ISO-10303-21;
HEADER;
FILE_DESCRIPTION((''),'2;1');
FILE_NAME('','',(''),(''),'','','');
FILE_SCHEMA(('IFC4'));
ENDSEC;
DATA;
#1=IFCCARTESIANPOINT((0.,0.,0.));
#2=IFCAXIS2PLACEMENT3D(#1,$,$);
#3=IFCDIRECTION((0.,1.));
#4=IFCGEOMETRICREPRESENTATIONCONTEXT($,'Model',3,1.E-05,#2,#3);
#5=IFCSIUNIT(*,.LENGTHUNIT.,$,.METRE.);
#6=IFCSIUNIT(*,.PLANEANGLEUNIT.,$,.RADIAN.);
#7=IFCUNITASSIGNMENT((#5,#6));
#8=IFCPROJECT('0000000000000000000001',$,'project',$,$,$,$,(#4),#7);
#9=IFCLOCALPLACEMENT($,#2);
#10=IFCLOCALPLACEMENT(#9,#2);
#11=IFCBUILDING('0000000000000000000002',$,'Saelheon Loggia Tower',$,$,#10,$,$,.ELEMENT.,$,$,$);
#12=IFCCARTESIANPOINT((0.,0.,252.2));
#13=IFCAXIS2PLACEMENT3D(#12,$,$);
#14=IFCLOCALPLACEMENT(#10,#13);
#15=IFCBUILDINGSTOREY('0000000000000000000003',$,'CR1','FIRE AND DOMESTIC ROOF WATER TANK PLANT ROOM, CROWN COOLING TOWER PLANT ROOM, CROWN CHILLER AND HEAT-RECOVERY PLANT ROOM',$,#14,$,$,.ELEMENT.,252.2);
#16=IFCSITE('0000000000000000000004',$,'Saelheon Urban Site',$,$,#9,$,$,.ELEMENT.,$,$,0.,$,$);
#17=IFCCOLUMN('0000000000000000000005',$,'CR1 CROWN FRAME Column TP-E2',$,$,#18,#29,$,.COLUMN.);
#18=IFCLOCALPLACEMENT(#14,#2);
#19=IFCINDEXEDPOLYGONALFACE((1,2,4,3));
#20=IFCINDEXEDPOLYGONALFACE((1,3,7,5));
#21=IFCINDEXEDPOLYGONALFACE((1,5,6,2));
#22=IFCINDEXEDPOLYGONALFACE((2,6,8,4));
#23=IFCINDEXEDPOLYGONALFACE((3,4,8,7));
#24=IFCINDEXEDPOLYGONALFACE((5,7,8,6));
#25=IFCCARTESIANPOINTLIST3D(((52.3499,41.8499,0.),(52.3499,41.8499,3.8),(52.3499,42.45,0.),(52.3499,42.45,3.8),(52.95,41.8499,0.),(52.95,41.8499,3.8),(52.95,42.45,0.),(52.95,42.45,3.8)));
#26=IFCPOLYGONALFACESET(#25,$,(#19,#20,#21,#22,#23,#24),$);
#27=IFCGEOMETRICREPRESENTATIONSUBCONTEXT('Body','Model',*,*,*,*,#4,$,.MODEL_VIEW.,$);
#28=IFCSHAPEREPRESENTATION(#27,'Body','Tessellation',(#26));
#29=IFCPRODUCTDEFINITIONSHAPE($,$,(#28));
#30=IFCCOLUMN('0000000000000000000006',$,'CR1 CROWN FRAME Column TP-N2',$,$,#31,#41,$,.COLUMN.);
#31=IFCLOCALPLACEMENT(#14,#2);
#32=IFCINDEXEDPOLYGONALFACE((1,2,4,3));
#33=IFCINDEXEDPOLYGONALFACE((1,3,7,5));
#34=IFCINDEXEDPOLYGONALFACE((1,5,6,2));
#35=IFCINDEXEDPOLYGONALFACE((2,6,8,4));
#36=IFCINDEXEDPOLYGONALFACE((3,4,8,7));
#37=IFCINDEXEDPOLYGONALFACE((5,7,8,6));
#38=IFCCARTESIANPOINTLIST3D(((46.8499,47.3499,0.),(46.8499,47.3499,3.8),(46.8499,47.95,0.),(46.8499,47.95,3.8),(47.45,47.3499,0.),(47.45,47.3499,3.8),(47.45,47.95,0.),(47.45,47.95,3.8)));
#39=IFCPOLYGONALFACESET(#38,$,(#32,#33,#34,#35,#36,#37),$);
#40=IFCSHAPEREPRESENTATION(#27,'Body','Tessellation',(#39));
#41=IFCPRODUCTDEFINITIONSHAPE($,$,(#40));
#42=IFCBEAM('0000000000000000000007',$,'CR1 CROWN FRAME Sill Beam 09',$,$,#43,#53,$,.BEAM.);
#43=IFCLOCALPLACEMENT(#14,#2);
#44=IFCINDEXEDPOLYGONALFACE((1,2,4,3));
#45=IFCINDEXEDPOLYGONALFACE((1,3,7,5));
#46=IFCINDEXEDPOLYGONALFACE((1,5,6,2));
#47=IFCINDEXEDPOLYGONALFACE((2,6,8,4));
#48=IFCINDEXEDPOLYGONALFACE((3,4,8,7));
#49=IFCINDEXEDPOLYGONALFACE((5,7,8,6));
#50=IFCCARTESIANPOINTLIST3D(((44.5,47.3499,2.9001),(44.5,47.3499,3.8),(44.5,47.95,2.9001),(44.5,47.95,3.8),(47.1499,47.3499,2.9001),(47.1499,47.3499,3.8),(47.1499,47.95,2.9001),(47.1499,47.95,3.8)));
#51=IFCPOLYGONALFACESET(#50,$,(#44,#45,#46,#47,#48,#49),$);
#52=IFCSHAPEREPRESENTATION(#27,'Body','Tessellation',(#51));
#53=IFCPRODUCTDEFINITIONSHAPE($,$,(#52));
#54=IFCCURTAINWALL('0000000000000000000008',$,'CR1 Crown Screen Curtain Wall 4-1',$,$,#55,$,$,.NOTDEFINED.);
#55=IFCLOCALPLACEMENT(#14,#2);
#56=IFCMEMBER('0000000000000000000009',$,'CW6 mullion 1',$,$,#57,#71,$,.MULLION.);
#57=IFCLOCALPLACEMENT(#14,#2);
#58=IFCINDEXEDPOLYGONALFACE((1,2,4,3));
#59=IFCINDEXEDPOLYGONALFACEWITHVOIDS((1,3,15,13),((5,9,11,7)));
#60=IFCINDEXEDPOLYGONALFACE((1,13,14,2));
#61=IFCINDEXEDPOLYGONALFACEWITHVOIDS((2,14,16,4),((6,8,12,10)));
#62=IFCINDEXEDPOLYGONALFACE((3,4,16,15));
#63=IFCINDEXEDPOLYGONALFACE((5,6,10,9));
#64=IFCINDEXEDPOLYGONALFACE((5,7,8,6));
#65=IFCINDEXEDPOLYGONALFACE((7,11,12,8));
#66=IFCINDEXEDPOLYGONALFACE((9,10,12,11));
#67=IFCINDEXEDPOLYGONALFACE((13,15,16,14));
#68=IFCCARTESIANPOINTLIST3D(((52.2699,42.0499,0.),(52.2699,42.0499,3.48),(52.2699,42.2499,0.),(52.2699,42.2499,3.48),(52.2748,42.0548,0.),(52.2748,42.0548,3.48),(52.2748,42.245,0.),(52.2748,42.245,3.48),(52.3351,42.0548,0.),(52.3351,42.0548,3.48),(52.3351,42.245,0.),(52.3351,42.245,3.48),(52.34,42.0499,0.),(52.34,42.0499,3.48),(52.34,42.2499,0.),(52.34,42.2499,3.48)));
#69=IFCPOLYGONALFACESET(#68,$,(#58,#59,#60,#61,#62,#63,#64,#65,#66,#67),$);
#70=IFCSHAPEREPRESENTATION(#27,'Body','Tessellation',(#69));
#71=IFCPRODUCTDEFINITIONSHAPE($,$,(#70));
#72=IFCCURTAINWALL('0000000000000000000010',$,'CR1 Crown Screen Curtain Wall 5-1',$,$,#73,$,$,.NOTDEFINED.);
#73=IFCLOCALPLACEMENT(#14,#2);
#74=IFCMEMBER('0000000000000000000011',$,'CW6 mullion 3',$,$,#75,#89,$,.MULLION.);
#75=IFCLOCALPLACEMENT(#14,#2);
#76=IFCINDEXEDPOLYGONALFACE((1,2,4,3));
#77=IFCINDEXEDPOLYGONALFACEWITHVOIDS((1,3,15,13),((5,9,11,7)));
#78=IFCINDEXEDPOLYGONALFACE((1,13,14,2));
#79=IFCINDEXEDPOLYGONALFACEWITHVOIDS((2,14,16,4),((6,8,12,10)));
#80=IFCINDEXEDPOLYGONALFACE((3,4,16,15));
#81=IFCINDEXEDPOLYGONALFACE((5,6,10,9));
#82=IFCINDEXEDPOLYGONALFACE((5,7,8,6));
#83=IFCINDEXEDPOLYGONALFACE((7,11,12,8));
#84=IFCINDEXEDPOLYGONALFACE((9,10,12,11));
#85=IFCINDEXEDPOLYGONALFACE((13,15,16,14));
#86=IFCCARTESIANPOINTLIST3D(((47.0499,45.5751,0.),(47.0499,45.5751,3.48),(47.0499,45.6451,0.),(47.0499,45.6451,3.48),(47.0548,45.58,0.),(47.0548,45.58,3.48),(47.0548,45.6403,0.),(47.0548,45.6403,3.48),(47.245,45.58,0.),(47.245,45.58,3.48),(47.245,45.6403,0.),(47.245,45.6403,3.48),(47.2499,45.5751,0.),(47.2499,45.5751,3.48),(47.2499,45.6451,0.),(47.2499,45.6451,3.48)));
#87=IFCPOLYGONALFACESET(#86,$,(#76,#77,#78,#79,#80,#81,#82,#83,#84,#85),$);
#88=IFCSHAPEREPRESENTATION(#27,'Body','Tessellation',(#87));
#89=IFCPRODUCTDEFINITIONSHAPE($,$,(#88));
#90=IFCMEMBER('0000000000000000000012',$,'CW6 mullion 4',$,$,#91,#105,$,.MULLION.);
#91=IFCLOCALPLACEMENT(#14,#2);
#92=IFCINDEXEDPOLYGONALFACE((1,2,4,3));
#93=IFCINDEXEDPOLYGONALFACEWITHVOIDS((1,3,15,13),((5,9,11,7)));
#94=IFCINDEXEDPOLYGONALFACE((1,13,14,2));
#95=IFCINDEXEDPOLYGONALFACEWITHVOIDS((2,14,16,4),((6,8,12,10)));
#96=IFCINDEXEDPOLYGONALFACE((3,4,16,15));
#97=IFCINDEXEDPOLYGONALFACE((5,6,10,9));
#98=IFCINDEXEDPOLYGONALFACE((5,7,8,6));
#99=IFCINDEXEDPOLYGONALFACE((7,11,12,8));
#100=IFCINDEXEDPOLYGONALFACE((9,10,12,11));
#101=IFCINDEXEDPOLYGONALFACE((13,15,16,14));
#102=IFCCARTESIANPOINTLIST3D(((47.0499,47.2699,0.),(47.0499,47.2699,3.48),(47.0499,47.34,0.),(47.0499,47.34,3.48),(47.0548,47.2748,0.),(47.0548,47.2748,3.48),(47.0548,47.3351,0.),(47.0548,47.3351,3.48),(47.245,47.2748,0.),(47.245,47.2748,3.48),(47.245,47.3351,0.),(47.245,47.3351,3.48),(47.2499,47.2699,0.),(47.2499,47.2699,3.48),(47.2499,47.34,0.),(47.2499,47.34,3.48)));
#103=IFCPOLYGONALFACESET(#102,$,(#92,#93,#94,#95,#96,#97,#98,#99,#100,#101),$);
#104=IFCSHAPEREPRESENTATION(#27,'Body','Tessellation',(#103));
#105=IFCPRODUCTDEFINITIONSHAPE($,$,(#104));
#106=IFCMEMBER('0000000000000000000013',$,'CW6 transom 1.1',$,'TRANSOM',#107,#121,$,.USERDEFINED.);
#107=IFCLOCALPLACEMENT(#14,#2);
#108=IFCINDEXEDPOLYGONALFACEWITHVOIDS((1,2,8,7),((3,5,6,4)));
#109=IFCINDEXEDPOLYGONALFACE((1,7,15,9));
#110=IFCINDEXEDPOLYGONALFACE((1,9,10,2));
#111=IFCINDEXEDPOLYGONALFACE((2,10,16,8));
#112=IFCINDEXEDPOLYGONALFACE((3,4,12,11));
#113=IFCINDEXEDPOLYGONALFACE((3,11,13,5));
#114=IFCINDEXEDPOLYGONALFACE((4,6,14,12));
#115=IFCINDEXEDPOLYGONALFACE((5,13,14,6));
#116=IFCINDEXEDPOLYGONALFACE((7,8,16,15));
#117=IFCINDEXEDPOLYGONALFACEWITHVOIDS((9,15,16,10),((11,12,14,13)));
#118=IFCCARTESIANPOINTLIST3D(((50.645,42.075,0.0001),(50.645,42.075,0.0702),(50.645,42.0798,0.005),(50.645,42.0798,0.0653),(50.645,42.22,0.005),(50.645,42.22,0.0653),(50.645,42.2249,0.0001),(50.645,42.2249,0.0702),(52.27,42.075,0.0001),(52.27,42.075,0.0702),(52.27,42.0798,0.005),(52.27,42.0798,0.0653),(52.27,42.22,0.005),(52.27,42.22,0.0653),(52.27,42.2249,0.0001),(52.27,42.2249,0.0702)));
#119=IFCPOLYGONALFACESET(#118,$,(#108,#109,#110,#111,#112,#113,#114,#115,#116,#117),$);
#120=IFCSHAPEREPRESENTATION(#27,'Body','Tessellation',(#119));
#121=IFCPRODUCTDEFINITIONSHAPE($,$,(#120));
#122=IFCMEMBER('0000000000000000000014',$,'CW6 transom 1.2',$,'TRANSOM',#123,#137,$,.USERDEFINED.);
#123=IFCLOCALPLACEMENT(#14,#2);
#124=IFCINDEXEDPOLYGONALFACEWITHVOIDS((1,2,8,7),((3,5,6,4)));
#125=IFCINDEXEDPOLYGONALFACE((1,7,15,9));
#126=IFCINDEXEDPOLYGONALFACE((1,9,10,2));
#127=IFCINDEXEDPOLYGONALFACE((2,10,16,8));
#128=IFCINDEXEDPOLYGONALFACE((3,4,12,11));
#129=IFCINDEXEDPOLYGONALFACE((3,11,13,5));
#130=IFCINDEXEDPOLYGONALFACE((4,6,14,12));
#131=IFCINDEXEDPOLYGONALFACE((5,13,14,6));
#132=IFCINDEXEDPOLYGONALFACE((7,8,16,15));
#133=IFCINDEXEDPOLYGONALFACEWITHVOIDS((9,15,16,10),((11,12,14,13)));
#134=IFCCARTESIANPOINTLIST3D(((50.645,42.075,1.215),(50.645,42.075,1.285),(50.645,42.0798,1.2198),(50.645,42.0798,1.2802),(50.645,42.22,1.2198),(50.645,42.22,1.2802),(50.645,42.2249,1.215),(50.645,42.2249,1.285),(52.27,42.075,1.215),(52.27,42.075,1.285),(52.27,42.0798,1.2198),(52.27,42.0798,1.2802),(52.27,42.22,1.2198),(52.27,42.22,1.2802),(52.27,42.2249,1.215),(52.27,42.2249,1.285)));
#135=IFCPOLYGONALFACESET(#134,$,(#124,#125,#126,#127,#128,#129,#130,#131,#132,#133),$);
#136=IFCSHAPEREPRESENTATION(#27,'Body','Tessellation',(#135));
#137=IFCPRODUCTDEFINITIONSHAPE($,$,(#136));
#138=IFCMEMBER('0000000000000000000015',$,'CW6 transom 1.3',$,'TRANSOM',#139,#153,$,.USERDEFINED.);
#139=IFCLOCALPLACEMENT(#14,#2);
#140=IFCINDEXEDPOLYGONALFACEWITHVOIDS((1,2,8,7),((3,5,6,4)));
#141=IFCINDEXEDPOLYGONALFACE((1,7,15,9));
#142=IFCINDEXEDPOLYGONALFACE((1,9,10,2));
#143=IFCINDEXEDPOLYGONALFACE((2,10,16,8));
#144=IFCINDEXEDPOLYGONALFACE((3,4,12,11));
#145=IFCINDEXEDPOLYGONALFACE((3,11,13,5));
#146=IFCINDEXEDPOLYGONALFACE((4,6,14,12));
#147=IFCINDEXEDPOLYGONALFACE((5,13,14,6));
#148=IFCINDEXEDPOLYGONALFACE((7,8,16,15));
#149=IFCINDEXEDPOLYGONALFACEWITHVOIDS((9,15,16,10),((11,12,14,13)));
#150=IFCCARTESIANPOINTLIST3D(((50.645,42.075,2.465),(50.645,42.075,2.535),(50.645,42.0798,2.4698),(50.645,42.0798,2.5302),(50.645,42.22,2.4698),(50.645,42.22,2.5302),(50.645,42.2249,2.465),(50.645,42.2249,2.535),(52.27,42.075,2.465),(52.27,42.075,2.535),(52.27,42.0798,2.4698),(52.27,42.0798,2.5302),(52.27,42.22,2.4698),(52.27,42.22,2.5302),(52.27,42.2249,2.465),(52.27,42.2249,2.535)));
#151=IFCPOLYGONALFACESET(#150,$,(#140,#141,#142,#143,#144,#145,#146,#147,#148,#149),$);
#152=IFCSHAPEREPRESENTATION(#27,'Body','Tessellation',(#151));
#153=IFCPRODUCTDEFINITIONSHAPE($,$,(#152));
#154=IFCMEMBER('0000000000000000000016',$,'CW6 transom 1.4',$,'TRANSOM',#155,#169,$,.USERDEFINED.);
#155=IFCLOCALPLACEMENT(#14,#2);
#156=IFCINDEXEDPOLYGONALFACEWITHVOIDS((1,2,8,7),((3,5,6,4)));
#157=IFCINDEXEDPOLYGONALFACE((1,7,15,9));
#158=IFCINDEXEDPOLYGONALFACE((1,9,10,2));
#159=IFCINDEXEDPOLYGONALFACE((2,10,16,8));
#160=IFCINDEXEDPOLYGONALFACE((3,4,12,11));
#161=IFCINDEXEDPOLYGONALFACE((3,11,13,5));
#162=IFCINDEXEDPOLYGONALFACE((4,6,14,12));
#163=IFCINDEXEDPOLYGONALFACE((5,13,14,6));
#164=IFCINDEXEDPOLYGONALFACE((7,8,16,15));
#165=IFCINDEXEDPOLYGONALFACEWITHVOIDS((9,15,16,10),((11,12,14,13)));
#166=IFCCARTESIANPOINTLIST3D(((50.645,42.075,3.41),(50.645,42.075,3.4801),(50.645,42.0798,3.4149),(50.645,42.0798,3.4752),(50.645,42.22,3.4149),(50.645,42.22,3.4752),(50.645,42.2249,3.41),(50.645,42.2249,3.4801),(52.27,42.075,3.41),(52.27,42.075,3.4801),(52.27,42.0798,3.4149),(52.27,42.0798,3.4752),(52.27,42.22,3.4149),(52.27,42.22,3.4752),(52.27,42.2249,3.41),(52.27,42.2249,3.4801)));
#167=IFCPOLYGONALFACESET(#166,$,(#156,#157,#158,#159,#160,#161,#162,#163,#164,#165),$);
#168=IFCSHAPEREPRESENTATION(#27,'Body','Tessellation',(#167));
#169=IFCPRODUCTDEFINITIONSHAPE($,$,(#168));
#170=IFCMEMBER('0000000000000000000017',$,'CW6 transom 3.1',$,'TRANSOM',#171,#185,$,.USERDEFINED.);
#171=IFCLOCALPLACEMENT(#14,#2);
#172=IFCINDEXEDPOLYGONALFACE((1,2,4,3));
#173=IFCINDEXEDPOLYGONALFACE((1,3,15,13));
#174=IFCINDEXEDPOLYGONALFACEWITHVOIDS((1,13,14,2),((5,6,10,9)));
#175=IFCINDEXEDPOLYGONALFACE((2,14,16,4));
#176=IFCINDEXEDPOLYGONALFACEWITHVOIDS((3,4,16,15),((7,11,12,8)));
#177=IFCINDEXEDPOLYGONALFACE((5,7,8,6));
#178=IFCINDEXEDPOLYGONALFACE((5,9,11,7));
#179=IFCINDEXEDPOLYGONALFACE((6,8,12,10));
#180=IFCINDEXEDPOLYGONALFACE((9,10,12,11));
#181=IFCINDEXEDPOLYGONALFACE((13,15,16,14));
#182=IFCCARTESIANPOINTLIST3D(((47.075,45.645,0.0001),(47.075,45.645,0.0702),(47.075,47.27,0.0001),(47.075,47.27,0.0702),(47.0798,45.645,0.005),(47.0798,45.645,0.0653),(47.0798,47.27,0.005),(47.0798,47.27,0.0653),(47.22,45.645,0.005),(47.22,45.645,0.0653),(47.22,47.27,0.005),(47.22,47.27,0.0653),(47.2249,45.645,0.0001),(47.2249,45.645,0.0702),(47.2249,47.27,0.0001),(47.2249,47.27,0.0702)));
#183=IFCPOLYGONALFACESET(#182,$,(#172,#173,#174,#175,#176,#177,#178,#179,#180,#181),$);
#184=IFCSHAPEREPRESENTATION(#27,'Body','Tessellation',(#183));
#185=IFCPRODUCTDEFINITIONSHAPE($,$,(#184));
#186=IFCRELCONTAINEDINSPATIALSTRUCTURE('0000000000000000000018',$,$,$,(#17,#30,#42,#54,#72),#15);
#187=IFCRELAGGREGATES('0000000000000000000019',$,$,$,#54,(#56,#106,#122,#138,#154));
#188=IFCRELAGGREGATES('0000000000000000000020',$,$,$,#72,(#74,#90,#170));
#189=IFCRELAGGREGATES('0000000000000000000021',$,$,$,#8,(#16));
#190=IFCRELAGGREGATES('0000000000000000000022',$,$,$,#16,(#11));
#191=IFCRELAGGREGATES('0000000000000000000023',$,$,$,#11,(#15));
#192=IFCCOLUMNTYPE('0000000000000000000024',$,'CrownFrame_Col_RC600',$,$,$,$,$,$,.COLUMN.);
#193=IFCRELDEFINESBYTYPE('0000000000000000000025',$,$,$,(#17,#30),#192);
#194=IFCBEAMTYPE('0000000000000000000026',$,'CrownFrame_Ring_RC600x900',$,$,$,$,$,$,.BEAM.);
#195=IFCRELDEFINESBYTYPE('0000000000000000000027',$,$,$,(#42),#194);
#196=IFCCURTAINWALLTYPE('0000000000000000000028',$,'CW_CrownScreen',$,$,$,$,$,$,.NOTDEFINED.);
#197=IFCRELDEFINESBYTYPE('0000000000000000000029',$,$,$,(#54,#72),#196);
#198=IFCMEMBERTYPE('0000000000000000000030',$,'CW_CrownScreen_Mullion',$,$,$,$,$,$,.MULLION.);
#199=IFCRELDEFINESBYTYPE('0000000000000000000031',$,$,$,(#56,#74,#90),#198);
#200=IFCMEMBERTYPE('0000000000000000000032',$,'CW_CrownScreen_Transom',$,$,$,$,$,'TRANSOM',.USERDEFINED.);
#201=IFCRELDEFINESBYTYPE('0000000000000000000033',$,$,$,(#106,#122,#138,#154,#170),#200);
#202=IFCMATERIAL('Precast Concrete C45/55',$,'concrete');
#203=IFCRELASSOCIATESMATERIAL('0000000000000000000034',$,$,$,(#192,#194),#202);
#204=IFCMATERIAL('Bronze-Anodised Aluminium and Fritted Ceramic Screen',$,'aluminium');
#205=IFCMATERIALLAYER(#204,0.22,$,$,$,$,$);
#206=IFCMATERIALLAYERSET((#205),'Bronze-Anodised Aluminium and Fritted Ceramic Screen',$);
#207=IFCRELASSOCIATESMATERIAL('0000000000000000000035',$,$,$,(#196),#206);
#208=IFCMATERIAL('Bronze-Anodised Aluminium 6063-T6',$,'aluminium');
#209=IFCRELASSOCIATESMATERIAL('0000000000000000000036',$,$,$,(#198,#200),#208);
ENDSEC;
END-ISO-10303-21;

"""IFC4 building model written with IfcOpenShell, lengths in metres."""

from ifc_helpers import new_model, si_unit, direction, frame, origin, origin_2d, place, context, subcontext, project, spatial, rectangle, hollow_rectangle, extrude, source, transform, mapped, material, layer, layer_set, material_profile, profile_set, type_object, element, aggregate, save


model = new_model("IFC4")

# Units and contexts
model_context = context("Model", 3, precision=1e-05, world=origin(), true_north=direction((0.0, 1.0)))
body_context = subcontext(model_context, "Body", "Model", "MODEL_VIEW")
ifc_project = project(units=[si_unit("LENGTHUNIT", "METRE"), si_unit("PLANEANGLEUNIT", "RADIAN")], contexts=[model_context])

# Site, building, storey
site_placement = place(None, origin())
site = spatial("IfcSite", under=ifc_project, at=site_placement, Name="Saelheon Urban Site", CompositionType="ELEMENT", RefElevation=0.0)
building_placement = place(site_placement, origin())
building = spatial("IfcBuilding", under=site, at=building_placement, Name="Saelheon Loggia Tower", CompositionType="ELEMENT")
storey_placement = place(building_placement, frame((0.0, 0.0, 252.2)))
storey = spatial("IfcBuildingStorey", under=building, at=storey_placement, Name="CR1", Description="FIRE AND DOMESTIC ROOF WATER TANK PLANT ROOM, CROWN COOLING TOWER PLANT ROOM, CROWN CHILLER AND HEAT-RECOVERY PLANT ROOM", CompositionType="ELEMENT", Elevation=252.2)

# Columns
ifc_material_1 = material(Name="Precast Concrete C45/55", Category="concrete")
ifc_material_profile_1 = material_profile(ifc_material_1, rectangle(XDim=0.6001, YDim=0.6001, at=origin_2d()), Name="RC-600x600")
ifc_profile_set_1 = profile_set([ifc_material_profile_1], Name="Precast Concrete C45/55")
column_type = type_object("IfcColumnType", Name="CrownFrame_Col_RC600", PredefinedType="COLUMN", material=ifc_profile_set_1)
shared_shape_1 = source(origin(), body_context, "Body", "SweptSolid", [
    extrude(rectangle(XDim=0.6001, YDim=0.6001, at=origin_2d()), origin(), (0.0, 0.0, 1.0), 3.8),
])
for number, where, z_axis, x_axis, name in (
    (1, (52.6499, 42.1499, 0.0), (0.0, 0.0, 1.0), (1.0, 0.0, 0.0), "CR1 CROWN FRAME Column TP-E2"),
    (2, (47.1499, 47.6499, 0.0), (0.0, 0.0, 1.0), (1.0, 0.0, 0.0), "CR1 CROWN FRAME Column TP-N2"),
):
    element("IfcColumn", number, at=place(storey_placement, frame(where, z_axis=z_axis, x_axis=x_axis)), inside=storey, type_object=column_type, Name=name, PredefinedType="COLUMN", context=body_context, shape_type="MappedRepresentation", body=[
        mapped(shared_shape_1, transform((0.0, 0.0, 0.0), scale=1.0)),
    ])

# Beam
ifc_material_profile_2 = material_profile(ifc_material_1, rectangle(XDim=0.6001, YDim=0.8999, at=origin_2d()), Name="RC-600x900")
ifc_profile_set_2 = profile_set([ifc_material_profile_2], Name="Precast Concrete C45/55")
beam_type = type_object("IfcBeamType", Name="CrownFrame_Ring_RC600x900", PredefinedType="BEAM", material=ifc_profile_set_2)
shared_shape_2 = source(origin(), body_context, "Body", "SweptSolid", [
    extrude(rectangle(XDim=0.6001, YDim=0.8999, at=origin_2d()), origin(), (0.0, 0.0, 1.0), 2.6499),
])
beam_placement = place(storey_placement, frame((47.1499, 47.6499, 3.3501), z_axis=(-1.0, 0.0, 0.0), x_axis=(0.0, -1.0, 0.0)))
element("IfcBeam", 3, at=beam_placement, inside=storey, type_object=beam_type, Name="CR1 CROWN FRAME Sill Beam 09", PredefinedType="BEAM", context=body_context, shape_type="MappedRepresentation", body=[
    mapped(shared_shape_2, transform((0.0, 0.0, 0.0), scale=1.0)),
])

# Curtain wall, member
ifc_material_2 = material(Name="Bronze-Anodised Aluminium and Fritted Ceramic Screen", Category="aluminium")
ifc_layer_1 = layer(ifc_material_2, 0.22)
ifc_layer_set_1 = layer_set([ifc_layer_1], Name="Bronze-Anodised Aluminium and Fritted Ceramic Screen")
curtain_wall_type = type_object("IfcCurtainWallType", Name="CW_CrownScreen", PredefinedType="NOTDEFINED", material=ifc_layer_set_1)
curtain_wall_1_placement = place(storey_placement, origin())
curtain_wall_1 = element("IfcCurtainWall", 4, at=curtain_wall_1_placement, inside=storey, type_object=curtain_wall_type, Name="CR1 Crown Screen Curtain Wall 4-1", PredefinedType="NOTDEFINED")
ifc_material_3 = material(Name="Bronze-Anodised Aluminium 6063-T6", Category="aluminium")
ifc_material_profile_3 = material_profile(ifc_material_3, hollow_rectangle(XDim=0.0701, YDim=0.2, WallThickness=0.0049, at=origin_2d()), Name="RHS-200x70x5")
ifc_profile_set_3 = profile_set([ifc_material_profile_3], Name="Bronze-Anodised Aluminium 6063-T6")
member_type_1 = type_object("IfcMemberType", Name="CW_CrownScreen_Mullion", PredefinedType="MULLION", material=ifc_profile_set_3)
shared_shape_3 = source(origin(), body_context, "Body", "SweptSolid", [
    extrude(hollow_rectangle(XDim=0.0701, YDim=0.2, WallThickness=0.0049, at=origin_2d()), origin(), (0.0, 0.0, 1.0), 3.48),
])
member_1_placement = place(storey_placement, frame((52.3049, 42.1499, 0.0), z_axis=(0.0, 0.0, 1.0), x_axis=(-1.0, 0.0, 0.0)))
member_1 = element("IfcMember", 5, at=member_1_placement, type_object=member_type_1, Name="CW6 mullion 1", PredefinedType="MULLION", context=body_context, shape_type="MappedRepresentation", body=[
    mapped(shared_shape_3, transform((0.0, 0.0, 0.0), scale=1.0)),
])

# Curtain wall, members
curtain_wall_2_placement = place(storey_placement, origin())
curtain_wall_2 = element("IfcCurtainWall", 6, at=curtain_wall_2_placement, inside=storey, type_object=curtain_wall_type, Name="CR1 Crown Screen Curtain Wall 5-1", PredefinedType="NOTDEFINED")
member_2_placement = place(storey_placement, frame((47.1499, 45.6101, 0.0), z_axis=(0.0, 0.0, 1.0), x_axis=(0.0, 1.0, 0.0)))
member_2 = element("IfcMember", 7, at=member_2_placement, type_object=member_type_1, Name="CW6 mullion 3", PredefinedType="MULLION", context=body_context, shape_type="MappedRepresentation", body=[
    mapped(shared_shape_3, transform((0.0, 0.0, 0.0), scale=1.0)),
])
member_3_placement = place(storey_placement, frame((47.1499, 47.3049, 0.0), z_axis=(0.0, 0.0, 1.0), x_axis=(0.0, 1.0, 0.0)))
member_3 = element("IfcMember", 8, at=member_3_placement, type_object=member_type_1, Name="CW6 mullion 4", PredefinedType="MULLION", context=body_context, shape_type="MappedRepresentation", body=[
    mapped(shared_shape_3, transform((0.0, 0.0, 0.0), scale=1.0)),
])

# Members
ifc_material_profile_4 = material_profile(ifc_material_3, hollow_rectangle(XDim=0.0701, YDim=0.1499, WallThickness=0.0049, at=origin_2d()), Name="RHS-150x70x5")
ifc_profile_set_4 = profile_set([ifc_material_profile_4], Name="Bronze-Anodised Aluminium 6063-T6")
member_type_2 = type_object("IfcMemberType", Name="CW_CrownScreen_Transom", ElementType="TRANSOM", PredefinedType="USERDEFINED", material=ifc_profile_set_4)
shared_shape_4 = source(origin(), body_context, "Body", "SweptSolid", [
    extrude(hollow_rectangle(XDim=0.0701, YDim=0.1499, WallThickness=0.0049, at=origin_2d()), origin(), (0.0, 0.0, 1.0), 1.625),
])
member_4_placement = place(storey_placement, frame((52.27, 42.1499, 0.0352), z_axis=(-1.0, 0.0, 0.0), x_axis=(0.0, 0.0, 1.0)))
member_4 = element("IfcMember", 9, at=member_4_placement, type_object=member_type_2, Name="CW6 transom 1.1", ObjectType="TRANSOM", PredefinedType="USERDEFINED", context=body_context, shape_type="MappedRepresentation", body=[
    mapped(shared_shape_4, transform((0.0, 0.0, 0.0), scale=1.0)),
])
member_5_placement = place(storey_placement, frame((52.27, 42.1499, 1.25), z_axis=(-1.0, 0.0, 0.0), x_axis=(0.0, 0.0, 1.0)))
member_5 = element("IfcMember", 10, at=member_5_placement, type_object=member_type_2, Name="CW6 transom 1.2", ObjectType="TRANSOM", PredefinedType="USERDEFINED", context=body_context, shape_type="MappedRepresentation", body=[
    mapped(shared_shape_4, transform((0.0, 0.0, 0.0), scale=1.0)),
])
member_6_placement = place(storey_placement, frame((52.27, 42.1499, 2.5), z_axis=(-1.0, 0.0, 0.0), x_axis=(0.0, 0.0, 1.0)))
member_6 = element("IfcMember", 11, at=member_6_placement, type_object=member_type_2, Name="CW6 transom 1.3", ObjectType="TRANSOM", PredefinedType="USERDEFINED", context=body_context, shape_type="MappedRepresentation", body=[
    mapped(shared_shape_4, transform((0.0, 0.0, 0.0), scale=1.0)),
])
member_7_placement = place(storey_placement, frame((52.27, 42.1499, 3.4451), z_axis=(-1.0, 0.0, 0.0), x_axis=(0.0, 0.0, 1.0)))
member_7 = element("IfcMember", 12, at=member_7_placement, type_object=member_type_2, Name="CW6 transom 1.4", ObjectType="TRANSOM", PredefinedType="USERDEFINED", context=body_context, shape_type="MappedRepresentation", body=[
    mapped(shared_shape_4, transform((0.0, 0.0, 0.0), scale=1.0)),
])
member_8_placement = place(storey_placement, frame((47.1499, 45.645, 0.0352), z_axis=(0.0, 1.0, 0.0), x_axis=(0.0, 0.0, 1.0)))
member_8 = element("IfcMember", 13, at=member_8_placement, type_object=member_type_2, Name="CW6 transom 3.1", ObjectType="TRANSOM", PredefinedType="USERDEFINED", context=body_context, shape_type="MappedRepresentation", body=[
    mapped(shared_shape_4, transform((0.0, 0.0, 0.0), scale=1.0)),
])

aggregate(curtain_wall_1, [member_1, member_4, member_5, member_6, member_7])
aggregate(curtain_wall_2, [member_2, member_3, member_8])

save(model, "model.ifc")
